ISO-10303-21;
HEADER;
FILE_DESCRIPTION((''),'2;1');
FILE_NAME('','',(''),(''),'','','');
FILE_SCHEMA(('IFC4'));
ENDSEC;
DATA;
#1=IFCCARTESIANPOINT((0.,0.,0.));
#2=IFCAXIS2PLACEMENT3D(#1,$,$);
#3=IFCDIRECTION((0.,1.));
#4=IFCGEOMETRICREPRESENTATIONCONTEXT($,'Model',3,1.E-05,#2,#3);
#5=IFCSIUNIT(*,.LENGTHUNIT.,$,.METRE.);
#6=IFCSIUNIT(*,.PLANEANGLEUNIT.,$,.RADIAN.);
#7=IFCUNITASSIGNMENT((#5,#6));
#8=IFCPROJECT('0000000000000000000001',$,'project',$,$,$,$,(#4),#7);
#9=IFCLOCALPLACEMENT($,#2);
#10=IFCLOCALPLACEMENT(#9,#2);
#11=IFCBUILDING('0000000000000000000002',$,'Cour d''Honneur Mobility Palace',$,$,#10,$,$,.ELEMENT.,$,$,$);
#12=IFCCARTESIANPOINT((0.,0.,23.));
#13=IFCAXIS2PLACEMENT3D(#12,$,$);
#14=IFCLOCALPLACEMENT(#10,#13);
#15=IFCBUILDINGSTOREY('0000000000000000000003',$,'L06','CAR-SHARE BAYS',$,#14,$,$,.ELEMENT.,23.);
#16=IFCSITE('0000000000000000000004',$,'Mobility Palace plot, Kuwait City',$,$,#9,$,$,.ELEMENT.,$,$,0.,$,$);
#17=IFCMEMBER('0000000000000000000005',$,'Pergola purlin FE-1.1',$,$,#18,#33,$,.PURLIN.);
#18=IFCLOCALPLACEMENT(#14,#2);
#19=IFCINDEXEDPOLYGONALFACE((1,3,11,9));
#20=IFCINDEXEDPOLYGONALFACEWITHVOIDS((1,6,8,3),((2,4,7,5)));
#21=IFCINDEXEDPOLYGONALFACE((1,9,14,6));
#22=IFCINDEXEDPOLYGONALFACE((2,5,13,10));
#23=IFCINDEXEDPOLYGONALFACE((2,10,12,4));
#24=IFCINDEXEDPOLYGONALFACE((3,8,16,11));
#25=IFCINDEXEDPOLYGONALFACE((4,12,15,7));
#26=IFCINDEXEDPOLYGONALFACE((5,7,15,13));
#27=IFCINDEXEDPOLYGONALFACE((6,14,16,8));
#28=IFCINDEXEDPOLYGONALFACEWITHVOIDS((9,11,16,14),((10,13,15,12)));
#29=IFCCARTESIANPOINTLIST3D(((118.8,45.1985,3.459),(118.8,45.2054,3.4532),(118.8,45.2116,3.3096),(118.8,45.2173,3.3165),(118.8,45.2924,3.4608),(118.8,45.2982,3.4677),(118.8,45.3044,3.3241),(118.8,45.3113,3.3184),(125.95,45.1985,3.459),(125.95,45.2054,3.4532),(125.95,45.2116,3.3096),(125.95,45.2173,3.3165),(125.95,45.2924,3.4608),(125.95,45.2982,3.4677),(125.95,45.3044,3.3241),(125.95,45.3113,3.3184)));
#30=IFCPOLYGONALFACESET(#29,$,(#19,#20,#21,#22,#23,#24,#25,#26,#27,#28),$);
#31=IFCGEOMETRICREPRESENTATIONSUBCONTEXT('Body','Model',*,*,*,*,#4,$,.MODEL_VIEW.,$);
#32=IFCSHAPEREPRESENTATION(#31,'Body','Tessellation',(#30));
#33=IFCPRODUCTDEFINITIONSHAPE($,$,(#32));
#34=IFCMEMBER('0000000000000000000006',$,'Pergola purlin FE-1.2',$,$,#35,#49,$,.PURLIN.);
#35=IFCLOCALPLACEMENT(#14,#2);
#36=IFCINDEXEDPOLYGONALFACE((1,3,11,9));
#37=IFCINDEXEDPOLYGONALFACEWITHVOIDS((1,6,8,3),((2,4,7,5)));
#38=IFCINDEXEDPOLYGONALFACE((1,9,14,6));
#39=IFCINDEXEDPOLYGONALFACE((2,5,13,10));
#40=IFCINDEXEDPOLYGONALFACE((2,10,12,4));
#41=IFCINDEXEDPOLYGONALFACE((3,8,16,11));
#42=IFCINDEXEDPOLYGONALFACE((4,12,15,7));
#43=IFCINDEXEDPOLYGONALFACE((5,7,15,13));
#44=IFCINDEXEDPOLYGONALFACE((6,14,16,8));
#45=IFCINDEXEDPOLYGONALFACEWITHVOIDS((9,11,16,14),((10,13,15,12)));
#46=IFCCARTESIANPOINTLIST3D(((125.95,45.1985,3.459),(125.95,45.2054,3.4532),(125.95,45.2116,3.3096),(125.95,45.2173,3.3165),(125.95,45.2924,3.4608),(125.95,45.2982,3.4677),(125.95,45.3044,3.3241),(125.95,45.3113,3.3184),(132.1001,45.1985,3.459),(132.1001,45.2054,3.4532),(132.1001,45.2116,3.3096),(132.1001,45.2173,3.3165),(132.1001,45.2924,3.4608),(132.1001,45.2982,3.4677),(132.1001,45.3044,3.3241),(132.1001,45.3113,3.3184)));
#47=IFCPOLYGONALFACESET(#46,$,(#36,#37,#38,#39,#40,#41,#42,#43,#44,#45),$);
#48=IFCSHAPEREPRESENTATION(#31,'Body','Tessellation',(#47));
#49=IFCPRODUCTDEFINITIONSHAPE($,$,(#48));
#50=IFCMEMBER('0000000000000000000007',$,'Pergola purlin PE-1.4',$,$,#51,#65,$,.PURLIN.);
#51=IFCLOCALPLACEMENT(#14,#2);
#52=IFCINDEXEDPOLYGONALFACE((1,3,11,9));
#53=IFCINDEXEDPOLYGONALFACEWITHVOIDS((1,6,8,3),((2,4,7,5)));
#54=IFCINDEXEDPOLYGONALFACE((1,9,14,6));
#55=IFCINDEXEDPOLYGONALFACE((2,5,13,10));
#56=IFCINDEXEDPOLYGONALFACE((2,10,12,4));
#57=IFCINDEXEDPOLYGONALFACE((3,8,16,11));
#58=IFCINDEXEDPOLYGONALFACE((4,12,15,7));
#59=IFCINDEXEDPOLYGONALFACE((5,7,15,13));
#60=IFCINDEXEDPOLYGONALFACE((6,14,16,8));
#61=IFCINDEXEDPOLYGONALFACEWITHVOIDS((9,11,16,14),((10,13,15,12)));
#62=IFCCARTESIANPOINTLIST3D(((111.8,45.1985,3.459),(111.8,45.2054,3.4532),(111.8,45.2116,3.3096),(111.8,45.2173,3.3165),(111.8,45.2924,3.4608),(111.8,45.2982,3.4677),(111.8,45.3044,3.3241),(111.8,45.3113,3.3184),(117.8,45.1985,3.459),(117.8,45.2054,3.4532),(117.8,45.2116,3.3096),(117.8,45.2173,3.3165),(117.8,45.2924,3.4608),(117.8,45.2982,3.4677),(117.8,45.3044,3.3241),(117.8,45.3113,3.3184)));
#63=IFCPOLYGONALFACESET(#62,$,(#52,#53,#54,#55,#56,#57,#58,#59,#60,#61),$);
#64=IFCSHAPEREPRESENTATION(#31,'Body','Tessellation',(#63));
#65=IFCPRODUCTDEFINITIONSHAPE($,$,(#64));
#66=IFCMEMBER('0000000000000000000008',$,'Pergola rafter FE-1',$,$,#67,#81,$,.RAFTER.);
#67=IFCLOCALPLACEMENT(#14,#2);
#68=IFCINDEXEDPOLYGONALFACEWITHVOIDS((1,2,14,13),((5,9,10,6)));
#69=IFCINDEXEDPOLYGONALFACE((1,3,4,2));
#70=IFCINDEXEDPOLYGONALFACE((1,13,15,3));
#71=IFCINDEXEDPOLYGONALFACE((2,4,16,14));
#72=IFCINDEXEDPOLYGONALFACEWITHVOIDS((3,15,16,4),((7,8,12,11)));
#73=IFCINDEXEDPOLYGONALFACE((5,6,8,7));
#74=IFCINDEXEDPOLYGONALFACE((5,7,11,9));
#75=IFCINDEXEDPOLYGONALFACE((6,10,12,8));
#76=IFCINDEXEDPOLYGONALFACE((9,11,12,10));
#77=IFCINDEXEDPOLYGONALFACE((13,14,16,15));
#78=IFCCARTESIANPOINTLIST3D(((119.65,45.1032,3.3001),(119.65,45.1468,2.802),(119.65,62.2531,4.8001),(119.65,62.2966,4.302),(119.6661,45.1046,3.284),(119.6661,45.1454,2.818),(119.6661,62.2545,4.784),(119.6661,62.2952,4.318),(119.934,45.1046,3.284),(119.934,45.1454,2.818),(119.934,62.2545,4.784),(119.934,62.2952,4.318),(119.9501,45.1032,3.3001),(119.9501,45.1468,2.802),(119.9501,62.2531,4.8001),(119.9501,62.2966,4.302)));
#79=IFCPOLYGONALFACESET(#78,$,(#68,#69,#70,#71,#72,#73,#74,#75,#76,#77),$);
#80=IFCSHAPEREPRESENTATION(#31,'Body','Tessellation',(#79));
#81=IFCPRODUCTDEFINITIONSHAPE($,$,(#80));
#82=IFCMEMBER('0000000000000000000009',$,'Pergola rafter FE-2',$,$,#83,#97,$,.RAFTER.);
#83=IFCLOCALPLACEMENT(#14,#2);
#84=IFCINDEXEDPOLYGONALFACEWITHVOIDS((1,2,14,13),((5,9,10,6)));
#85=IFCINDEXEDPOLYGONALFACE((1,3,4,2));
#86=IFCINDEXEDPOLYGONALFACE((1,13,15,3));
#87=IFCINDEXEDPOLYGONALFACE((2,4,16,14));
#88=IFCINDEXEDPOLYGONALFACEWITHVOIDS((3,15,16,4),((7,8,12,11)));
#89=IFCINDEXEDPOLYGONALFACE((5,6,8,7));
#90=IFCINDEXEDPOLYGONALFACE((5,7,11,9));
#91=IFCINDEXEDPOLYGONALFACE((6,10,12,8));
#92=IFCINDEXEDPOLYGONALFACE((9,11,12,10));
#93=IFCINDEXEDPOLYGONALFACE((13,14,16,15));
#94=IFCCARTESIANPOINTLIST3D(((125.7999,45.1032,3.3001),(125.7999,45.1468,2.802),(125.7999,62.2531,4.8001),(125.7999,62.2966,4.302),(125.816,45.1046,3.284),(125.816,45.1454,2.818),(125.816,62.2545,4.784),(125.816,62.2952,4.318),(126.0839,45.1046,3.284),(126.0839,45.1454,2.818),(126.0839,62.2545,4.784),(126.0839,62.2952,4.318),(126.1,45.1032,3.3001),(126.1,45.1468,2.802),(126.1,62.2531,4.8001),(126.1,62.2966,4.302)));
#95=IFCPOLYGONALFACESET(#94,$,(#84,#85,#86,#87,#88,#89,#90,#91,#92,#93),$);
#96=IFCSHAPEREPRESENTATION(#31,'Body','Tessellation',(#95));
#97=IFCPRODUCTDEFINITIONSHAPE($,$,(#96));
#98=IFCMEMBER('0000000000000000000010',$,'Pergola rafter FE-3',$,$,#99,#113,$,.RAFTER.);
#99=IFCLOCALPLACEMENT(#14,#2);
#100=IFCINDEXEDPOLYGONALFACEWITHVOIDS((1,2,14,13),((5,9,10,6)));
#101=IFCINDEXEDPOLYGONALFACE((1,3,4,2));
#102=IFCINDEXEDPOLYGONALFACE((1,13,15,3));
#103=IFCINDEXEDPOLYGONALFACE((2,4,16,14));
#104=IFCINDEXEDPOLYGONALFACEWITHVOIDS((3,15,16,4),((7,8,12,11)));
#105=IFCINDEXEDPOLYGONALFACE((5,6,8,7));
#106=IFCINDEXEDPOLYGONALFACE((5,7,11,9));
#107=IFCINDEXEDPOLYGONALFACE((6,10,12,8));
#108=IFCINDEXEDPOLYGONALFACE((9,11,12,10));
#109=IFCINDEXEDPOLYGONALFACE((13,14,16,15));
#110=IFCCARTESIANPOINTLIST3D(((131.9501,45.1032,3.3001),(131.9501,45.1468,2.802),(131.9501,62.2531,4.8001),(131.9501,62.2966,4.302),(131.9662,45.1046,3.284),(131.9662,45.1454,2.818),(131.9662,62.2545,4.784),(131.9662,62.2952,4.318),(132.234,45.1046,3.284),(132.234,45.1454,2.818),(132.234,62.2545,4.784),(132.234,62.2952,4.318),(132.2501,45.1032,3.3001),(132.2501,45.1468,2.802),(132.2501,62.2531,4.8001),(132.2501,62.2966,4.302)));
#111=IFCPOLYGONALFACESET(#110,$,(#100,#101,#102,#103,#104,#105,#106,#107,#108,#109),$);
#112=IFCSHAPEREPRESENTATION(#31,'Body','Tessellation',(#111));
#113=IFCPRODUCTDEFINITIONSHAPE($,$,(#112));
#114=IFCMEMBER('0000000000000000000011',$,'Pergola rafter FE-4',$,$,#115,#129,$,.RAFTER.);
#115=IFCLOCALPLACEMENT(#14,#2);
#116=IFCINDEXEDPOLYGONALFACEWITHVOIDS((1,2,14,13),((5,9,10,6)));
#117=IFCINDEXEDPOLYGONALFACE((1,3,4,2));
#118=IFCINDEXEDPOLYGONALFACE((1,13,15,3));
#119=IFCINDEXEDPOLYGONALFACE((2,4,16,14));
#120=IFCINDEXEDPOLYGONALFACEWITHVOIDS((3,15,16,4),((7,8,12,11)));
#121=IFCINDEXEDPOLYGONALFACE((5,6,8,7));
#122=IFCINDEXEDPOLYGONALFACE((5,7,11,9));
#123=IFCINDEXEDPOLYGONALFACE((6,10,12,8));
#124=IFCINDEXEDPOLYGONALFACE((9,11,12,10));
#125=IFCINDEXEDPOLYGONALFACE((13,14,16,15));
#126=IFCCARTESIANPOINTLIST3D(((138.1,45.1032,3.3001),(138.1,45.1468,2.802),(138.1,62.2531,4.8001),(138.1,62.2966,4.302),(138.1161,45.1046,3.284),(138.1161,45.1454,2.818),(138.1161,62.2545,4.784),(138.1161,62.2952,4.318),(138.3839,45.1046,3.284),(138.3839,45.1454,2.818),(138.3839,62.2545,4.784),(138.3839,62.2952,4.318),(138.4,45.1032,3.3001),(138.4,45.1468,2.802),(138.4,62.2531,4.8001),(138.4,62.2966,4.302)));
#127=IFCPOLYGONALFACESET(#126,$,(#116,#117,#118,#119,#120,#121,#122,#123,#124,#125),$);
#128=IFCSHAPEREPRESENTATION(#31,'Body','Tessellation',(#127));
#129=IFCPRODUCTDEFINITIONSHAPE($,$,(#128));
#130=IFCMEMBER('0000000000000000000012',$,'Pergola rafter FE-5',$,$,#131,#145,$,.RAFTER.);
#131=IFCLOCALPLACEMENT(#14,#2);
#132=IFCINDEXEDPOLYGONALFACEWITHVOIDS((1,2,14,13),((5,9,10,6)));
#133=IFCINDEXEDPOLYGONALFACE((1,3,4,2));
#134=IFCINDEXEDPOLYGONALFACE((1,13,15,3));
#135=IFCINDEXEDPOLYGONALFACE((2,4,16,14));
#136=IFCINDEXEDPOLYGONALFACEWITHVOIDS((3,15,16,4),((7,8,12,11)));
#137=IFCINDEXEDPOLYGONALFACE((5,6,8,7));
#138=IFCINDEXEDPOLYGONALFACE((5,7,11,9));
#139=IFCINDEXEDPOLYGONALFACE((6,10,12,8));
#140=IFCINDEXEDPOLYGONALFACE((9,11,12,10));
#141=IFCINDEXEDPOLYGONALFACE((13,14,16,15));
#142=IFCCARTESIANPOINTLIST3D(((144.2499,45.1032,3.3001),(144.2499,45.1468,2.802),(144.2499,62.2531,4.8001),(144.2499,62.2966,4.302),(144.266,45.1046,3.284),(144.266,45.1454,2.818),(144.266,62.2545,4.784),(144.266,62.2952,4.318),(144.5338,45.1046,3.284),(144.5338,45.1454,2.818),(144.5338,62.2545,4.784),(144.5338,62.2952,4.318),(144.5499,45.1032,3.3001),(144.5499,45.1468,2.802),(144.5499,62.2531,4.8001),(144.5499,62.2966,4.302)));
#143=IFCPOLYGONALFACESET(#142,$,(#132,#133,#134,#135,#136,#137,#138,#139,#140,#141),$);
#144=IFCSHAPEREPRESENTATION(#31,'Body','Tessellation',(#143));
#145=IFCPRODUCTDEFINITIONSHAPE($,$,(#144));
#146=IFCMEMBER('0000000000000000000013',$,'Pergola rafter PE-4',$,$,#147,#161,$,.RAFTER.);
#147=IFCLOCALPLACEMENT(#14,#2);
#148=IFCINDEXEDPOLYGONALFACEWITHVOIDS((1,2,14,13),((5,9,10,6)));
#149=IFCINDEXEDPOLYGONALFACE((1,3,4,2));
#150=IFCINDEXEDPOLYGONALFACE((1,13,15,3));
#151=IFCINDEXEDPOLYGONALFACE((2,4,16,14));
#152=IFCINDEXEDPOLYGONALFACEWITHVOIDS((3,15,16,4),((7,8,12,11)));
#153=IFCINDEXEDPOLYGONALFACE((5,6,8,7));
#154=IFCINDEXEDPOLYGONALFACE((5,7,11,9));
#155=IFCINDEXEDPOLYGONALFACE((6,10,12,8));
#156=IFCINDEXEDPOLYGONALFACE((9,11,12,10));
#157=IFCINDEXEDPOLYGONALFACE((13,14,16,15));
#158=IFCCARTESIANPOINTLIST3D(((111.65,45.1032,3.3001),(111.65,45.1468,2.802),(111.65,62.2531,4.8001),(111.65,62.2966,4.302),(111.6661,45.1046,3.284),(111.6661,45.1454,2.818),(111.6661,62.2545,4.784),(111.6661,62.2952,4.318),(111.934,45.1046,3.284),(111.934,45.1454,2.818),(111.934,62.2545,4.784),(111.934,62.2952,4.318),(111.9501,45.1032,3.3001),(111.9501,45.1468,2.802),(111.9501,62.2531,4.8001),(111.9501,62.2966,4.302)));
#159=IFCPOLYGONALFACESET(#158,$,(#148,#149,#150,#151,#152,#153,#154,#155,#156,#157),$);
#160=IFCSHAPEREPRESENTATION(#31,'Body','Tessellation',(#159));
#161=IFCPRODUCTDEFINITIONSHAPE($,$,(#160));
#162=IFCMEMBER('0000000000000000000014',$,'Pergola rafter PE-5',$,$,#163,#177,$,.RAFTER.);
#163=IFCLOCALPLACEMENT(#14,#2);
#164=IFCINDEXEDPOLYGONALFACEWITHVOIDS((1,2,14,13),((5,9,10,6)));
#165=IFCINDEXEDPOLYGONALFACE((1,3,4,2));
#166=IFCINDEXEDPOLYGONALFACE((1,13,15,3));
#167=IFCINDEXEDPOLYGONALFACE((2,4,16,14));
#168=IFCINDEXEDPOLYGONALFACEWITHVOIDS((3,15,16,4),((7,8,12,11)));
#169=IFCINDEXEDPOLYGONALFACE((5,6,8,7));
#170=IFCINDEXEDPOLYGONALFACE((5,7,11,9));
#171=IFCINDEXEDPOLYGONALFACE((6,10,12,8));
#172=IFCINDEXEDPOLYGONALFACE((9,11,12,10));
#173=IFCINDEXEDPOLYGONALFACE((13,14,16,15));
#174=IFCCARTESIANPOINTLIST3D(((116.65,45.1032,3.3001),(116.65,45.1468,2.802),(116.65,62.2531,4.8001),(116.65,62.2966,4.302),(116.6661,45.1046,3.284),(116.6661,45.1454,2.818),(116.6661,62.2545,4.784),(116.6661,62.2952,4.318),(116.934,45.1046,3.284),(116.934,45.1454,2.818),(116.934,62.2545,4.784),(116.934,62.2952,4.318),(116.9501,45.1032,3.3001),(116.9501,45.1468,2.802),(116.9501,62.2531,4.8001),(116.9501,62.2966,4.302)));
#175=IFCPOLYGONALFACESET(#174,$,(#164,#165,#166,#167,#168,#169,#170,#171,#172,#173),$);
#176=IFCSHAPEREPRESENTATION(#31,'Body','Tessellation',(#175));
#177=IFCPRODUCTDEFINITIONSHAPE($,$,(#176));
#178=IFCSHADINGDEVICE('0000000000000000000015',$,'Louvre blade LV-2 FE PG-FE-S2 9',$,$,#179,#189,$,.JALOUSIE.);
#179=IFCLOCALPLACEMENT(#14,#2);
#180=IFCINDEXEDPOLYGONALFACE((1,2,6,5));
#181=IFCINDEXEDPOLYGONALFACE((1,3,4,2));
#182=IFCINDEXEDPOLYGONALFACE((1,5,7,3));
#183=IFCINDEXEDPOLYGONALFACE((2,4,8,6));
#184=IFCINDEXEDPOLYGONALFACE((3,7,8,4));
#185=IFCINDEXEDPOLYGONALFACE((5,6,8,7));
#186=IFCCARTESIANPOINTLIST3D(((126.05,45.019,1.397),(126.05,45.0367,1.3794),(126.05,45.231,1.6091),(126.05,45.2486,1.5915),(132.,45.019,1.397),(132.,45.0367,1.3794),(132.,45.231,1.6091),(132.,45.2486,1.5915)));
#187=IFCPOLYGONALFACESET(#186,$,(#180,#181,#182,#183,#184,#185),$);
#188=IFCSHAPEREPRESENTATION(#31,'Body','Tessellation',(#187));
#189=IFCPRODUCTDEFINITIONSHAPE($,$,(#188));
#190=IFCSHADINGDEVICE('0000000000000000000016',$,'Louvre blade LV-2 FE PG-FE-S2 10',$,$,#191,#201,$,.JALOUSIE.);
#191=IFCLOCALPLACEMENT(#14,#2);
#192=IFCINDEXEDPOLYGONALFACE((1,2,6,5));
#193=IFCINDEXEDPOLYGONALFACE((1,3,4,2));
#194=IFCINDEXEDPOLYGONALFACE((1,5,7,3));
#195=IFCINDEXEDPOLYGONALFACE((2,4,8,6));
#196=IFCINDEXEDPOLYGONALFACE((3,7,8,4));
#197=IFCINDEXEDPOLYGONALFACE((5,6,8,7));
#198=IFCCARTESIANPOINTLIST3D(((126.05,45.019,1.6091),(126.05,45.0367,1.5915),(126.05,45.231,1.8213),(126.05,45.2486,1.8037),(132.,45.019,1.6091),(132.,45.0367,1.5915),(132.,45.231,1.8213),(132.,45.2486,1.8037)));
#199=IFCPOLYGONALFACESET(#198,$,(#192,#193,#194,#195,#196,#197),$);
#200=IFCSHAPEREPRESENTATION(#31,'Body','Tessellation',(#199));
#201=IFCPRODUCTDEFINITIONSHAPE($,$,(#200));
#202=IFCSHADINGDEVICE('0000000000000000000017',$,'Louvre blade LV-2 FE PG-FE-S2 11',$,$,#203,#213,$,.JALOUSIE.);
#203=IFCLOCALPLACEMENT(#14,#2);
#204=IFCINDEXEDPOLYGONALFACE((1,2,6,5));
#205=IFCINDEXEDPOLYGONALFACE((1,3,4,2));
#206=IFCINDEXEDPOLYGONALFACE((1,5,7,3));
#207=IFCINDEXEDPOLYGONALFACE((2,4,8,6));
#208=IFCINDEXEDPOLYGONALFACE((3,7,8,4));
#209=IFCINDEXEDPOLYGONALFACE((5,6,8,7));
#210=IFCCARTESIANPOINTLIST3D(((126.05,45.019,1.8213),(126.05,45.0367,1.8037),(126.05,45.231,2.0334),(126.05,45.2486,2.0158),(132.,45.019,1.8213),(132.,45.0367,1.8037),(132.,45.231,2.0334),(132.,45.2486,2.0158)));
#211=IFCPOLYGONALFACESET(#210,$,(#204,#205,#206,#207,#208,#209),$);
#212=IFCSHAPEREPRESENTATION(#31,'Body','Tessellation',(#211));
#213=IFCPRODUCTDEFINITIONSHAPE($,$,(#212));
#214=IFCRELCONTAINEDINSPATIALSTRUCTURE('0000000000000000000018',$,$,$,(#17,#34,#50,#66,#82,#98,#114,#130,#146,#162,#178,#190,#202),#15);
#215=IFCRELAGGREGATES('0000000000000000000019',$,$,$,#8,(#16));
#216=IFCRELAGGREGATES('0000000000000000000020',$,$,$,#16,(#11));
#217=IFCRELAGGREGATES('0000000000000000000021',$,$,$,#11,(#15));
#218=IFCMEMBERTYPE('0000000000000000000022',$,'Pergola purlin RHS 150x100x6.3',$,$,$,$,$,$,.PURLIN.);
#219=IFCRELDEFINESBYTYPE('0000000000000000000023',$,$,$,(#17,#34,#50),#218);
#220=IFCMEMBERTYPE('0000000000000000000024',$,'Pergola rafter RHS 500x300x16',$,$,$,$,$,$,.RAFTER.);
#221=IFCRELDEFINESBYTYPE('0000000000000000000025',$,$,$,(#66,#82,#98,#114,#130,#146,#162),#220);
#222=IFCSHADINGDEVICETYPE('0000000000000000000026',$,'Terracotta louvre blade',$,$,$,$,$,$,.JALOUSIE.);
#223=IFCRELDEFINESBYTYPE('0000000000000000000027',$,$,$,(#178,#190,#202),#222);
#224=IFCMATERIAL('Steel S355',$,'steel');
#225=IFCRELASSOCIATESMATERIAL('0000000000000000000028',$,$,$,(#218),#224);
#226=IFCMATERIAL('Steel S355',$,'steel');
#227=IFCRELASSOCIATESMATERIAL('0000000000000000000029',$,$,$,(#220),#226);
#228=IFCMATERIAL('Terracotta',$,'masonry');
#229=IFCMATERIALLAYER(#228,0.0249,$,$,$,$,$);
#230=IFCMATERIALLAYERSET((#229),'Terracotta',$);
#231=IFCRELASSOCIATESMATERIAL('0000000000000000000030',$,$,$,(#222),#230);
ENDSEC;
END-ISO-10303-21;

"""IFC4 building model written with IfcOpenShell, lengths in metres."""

from ifc_helpers import new_model, si_unit, direction, frame, origin, origin_2d, place, context, subcontext, project, spatial, polyline, hollow_rectangle, outline, extrude, material, layer, layer_set, material_profile, profile_set, type_object, element, save


model = new_model("IFC4")

# Units and contexts
model_context = context("Model", 3, precision=1e-05, world=origin(), true_north=direction((0.0, 1.0)))
body_context = subcontext(model_context, "Body", "Model", "MODEL_VIEW")
ifc_project = project(units=[si_unit("LENGTHUNIT", "METRE"), si_unit("PLANEANGLEUNIT", "RADIAN")], contexts=[model_context])

# Site, building, storey
site_placement = place(None, origin())
site = spatial("IfcSite", under=ifc_project, at=site_placement, Name="Mobility Palace plot, Kuwait City", CompositionType="ELEMENT", RefElevation=0.0)
building_placement = place(site_placement, origin())
building = spatial("IfcBuilding", under=site, at=building_placement, Name="Cour d'Honneur Mobility Palace", CompositionType="ELEMENT")
storey_placement = place(building_placement, frame((0.0, 0.0, 23.0)))
storey = spatial("IfcBuildingStorey", under=building, at=storey_placement, Name="L06", Description="CAR-SHARE BAYS", CompositionType="ELEMENT", Elevation=23.0)

# Members
ifc_material_1 = material(Name="Steel S355", Category="steel")
ifc_material_profile_1 = material_profile(ifc_material_1, hollow_rectangle(XDim=0.1001, YDim=0.1499, WallThickness=0.0063, at=origin_2d()), Name="RHS 150x100x6.3")
ifc_profile_set_1 = profile_set([ifc_material_profile_1], Name="Steel S355")
member_type_1 = type_object("IfcMemberType", Name="Pergola purlin RHS 150x100x6.3", PredefinedType="PURLIN", material=ifc_profile_set_1)
member_1_placement = place(storey_placement, frame((118.8, 45.2549, 3.3887), z_axis=(1.0, 0.0, 0.0), x_axis=(0.0, 0.996197, 0.087131)))
element("IfcMember", 1, at=member_1_placement, inside=storey, type_object=member_type_1, Name="Pergola purlin FE-1.1", PredefinedType="PURLIN", context=body_context, shape_type="SweptSolid", body=[
    extrude(hollow_rectangle(XDim=0.1001, YDim=0.1499, WallThickness=0.0063, at=origin_2d()), origin(), (0.0, 0.0, 1.0), 7.1499),
])
member_2_placement = place(storey_placement, frame((125.95, 45.2549, 3.3887), z_axis=(1.0, 0.0, 0.0), x_axis=(0.0, 0.996197, 0.087131)))
element("IfcMember", 2, at=member_2_placement, inside=storey, type_object=member_type_1, Name="Pergola purlin FE-1.2", PredefinedType="PURLIN", context=body_context, shape_type="SweptSolid", body=[
    extrude(hollow_rectangle(XDim=0.1001, YDim=0.1499, WallThickness=0.0063, at=origin_2d()), origin(), (0.0, 0.0, 1.0), 6.1501),
])
member_3_placement = place(storey_placement, frame((111.8, 45.2549, 3.3887), z_axis=(1.0, 0.0, 0.0), x_axis=(0.0, 0.996197, 0.087131)))
element("IfcMember", 3, at=member_3_placement, inside=storey, type_object=member_type_1, Name="Pergola purlin PE-1.4", PredefinedType="PURLIN", context=body_context, shape_type="SweptSolid", body=[
    extrude(hollow_rectangle(XDim=0.1001, YDim=0.1499, WallThickness=0.0063, at=origin_2d()), origin(), (0.0, 0.0, 1.0), 6.0),
])
ifc_material_2 = material(Name="Steel S355", Category="steel")
ifc_material_profile_2 = material_profile(ifc_material_2, hollow_rectangle(XDim=0.3, YDim=0.5, WallThickness=0.0161, at=origin_2d()), Name="RHS 500x300x16")
ifc_profile_set_2 = profile_set([ifc_material_profile_2], Name="Steel S355")
member_type_2 = type_object("IfcMemberType", Name="Pergola rafter RHS 500x300x16", PredefinedType="RAFTER", material=ifc_profile_set_2)
for number, where, z_axis, x_axis, name in (
    (4, (119.8, 45.125, 3.051), (0.0, 0.996197, 0.087131), (-1.0, 0.0, 0.0), "Pergola rafter FE-1"),
    (5, (125.95, 45.125, 3.051), (0.0, 0.996197, 0.087131), (-1.0, 0.0, 0.0), "Pergola rafter FE-2"),
    (6, (132.1001, 45.125, 3.051), (0.0, 0.996197, 0.087131), (-1.0, 0.0, 0.0), "Pergola rafter FE-3"),
    (7, (138.25, 45.125, 3.051), (0.0, 0.996197, 0.087131), (-1.0, 0.0, 0.0), "Pergola rafter FE-4"),
    (8, (144.3999, 45.125, 3.051), (0.0, 0.996197, 0.087131), (-1.0, 0.0, 0.0), "Pergola rafter FE-5"),
    (9, (111.8, 45.125, 3.051), (0.0, 0.996197, 0.087131), (-1.0, 0.0, 0.0), "Pergola rafter PE-4"),
    (10, (116.8, 45.125, 3.051), (0.0, 0.996197, 0.087131), (-1.0, 0.0, 0.0), "Pergola rafter PE-5"),
):
    element("IfcMember", number, at=place(storey_placement, frame(where, z_axis=z_axis, x_axis=x_axis)), inside=storey, type_object=member_type_2, Name=name, PredefinedType="RAFTER", context=body_context, shape_type="SweptSolid", body=[
        extrude(hollow_rectangle(XDim=0.3, YDim=0.5, WallThickness=0.0161, at=origin_2d()), origin(), (0.0, 0.0, 1.0), 17.2153),
    ])

# Shading devices
ifc_material_3 = material(Name="Terracotta", Category="masonry")
ifc_layer = layer(ifc_material_3, 0.0249)
ifc_layer_set = layer_set([ifc_layer], Name="Terracotta")
shading_device_type = type_object("IfcShadingDeviceType", Name="Terracotta louvre blade", PredefinedType="JALOUSIE", material=ifc_layer_set)
for number, where, z_axis, x_axis, name in (
    (11, (126.05, 45.019, 1.397), (0.0, -0.707514, 0.7067), (1.0, 0.0, 0.0), "Louvre blade LV-2 FE PG-FE-S2 9"),
    (12, (126.05, 45.019, 1.6091), (0.0, -0.707514, 0.7067), (1.0, 0.0, 0.0), "Louvre blade LV-2 FE PG-FE-S2 10"),
    (13, (126.05, 45.019, 1.8213), (0.0, -0.707514, 0.7067), (1.0, 0.0, 0.0), "Louvre blade LV-2 FE PG-FE-S2 11"),
):
    element("IfcShadingDevice", number, at=place(storey_placement, frame(where, z_axis=z_axis, x_axis=x_axis)), inside=storey, type_object=shading_device_type, Name=name, PredefinedType="JALOUSIE", context=body_context, shape_type="SweptSolid", body=[
        extrude(outline(polyline([(0.0, 0.0), (5.95, 0.0), (5.95, 0.2999), (0.0, 0.2999), (0.0, 0.0)])), origin(), (0.0, 0.0, -1.0), 0.0249),
    ])

save(model, "model.ifc")
